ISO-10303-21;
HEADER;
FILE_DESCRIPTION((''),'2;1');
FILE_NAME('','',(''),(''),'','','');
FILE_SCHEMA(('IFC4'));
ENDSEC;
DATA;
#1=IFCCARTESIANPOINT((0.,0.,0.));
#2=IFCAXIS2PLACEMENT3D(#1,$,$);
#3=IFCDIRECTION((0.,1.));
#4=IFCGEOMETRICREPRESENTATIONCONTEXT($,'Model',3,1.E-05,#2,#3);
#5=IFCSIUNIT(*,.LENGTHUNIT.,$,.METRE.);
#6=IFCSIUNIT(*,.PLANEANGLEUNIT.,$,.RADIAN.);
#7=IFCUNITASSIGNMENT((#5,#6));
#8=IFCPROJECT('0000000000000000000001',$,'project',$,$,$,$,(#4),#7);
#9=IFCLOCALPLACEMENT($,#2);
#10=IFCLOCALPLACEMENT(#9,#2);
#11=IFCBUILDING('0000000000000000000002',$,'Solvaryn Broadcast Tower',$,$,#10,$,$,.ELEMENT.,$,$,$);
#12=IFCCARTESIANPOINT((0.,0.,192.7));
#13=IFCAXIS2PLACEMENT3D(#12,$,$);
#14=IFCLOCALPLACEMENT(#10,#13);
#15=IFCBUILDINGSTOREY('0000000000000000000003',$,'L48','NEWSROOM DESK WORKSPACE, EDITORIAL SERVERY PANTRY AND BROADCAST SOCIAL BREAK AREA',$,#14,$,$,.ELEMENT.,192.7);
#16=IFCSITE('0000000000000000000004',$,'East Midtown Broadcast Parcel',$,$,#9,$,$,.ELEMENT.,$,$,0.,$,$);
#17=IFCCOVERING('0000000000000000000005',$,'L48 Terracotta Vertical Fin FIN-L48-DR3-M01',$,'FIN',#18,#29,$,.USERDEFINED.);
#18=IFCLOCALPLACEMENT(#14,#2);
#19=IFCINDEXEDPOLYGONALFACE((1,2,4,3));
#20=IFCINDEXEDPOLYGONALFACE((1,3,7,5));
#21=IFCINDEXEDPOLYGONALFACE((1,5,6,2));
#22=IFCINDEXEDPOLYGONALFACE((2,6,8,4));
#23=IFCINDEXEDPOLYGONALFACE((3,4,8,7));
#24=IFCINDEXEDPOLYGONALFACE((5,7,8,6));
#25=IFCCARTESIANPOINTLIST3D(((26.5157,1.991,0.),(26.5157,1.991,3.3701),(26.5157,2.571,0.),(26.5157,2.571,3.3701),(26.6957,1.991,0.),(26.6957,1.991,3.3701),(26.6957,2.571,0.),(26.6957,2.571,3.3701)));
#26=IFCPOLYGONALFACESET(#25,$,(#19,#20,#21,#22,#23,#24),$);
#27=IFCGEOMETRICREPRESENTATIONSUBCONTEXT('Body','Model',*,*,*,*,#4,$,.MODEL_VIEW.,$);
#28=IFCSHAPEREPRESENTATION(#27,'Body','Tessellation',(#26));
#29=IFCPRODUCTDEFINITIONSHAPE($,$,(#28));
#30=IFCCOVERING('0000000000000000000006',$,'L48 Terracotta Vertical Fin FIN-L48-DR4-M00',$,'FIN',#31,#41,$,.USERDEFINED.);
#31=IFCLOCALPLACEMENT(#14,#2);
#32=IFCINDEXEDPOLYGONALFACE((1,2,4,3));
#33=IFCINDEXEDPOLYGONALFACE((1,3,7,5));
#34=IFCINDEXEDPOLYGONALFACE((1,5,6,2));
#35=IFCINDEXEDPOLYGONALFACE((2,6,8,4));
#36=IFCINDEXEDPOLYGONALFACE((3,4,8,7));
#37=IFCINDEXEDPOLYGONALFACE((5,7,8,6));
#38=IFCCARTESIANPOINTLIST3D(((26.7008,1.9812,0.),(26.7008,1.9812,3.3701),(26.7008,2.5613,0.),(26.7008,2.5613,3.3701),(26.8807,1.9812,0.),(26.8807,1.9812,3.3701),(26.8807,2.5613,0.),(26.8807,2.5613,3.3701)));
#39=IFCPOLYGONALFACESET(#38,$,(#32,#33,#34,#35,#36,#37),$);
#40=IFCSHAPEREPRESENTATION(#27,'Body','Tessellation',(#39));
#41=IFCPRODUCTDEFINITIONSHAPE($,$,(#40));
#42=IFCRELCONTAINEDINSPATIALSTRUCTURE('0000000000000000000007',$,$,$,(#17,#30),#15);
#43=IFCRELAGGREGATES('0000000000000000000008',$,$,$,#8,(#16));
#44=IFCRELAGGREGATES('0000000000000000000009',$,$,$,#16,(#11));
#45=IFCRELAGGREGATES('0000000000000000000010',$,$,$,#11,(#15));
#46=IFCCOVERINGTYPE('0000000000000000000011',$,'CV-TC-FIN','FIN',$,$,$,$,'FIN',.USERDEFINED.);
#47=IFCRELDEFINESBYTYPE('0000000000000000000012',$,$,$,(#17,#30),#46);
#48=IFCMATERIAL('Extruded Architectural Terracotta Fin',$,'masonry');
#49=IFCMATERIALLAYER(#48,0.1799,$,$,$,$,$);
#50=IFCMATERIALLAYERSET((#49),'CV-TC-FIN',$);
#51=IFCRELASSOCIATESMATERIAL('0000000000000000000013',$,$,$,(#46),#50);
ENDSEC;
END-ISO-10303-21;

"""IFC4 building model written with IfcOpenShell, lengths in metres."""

from ifc_helpers import new_model, si_unit, direction, frame, origin, origin_2d, place, context, subcontext, project, spatial, rectangle, extrude, material, layer, layer_set, type_object, element, save


model = new_model("IFC4")

# Units and contexts
model_context = context("Model", 3, precision=1e-05, world=origin(), true_north=direction((0.0, 1.0)))
body_context = subcontext(model_context, "Body", "Model", "MODEL_VIEW")
ifc_project = project(units=[si_unit("LENGTHUNIT", "METRE"), si_unit("PLANEANGLEUNIT", "RADIAN")], contexts=[model_context])

# Site, building, storey
site_placement = place(None, origin())
site = spatial("IfcSite", under=ifc_project, at=site_placement, Name="East Midtown Broadcast Parcel", CompositionType="ELEMENT", RefElevation=0.0)
building_placement = place(site_placement, origin())
building = spatial("IfcBuilding", under=site, at=building_placement, Name="Solvaryn Broadcast Tower", CompositionType="ELEMENT")
storey_placement = place(building_placement, frame((0.0, 0.0, 192.7)))
storey = spatial("IfcBuildingStorey", under=building, at=storey_placement, Name="L48", Description="NEWSROOM DESK WORKSPACE, EDITORIAL SERVERY PANTRY AND BROADCAST SOCIAL BREAK AREA", CompositionType="ELEMENT", Elevation=192.7)

# Coverings
ifc_material_1 = material(Name="Extruded Architectural Terracotta Fin", Category="masonry")
ifc_layer_1 = layer(ifc_material_1, 0.1799)
ifc_layer_set_1 = layer_set([ifc_layer_1], Name="CV-TC-FIN")
covering_type_1 = type_object("IfcCoveringType", Name="CV-TC-FIN", Description="FIN", ElementType="FIN", PredefinedType="USERDEFINED", material=ifc_layer_set_1)
for number, where, z_axis, x_axis, name in (
    (1, (26.6057, 2.281, 0.0), (0.0, 0.0, 1.0), (1.0, 0.0, 0.0), "L48 Terracotta Vertical Fin FIN-L48-DR3-M01"),
    (2, (26.7908, 2.2712, 0.0), (0.0, 0.0, 1.0), (1.0, 0.0, 0.0), "L48 Terracotta Vertical Fin FIN-L48-DR4-M00"),
):
    element("IfcCovering", number, at=place(storey_placement, frame(where, z_axis=z_axis, x_axis=x_axis)), inside=storey, type_object=covering_type_1, Name=name, ObjectType="FIN", PredefinedType="USERDEFINED", context=body_context, shape_type="SweptSolid", body=[
        extrude(rectangle(XDim=0.1799, YDim=0.5801, at=origin_2d()), origin(), (0.0, 0.0, 1.0), 3.3701),
    ])

save(model, "model.ifc")
